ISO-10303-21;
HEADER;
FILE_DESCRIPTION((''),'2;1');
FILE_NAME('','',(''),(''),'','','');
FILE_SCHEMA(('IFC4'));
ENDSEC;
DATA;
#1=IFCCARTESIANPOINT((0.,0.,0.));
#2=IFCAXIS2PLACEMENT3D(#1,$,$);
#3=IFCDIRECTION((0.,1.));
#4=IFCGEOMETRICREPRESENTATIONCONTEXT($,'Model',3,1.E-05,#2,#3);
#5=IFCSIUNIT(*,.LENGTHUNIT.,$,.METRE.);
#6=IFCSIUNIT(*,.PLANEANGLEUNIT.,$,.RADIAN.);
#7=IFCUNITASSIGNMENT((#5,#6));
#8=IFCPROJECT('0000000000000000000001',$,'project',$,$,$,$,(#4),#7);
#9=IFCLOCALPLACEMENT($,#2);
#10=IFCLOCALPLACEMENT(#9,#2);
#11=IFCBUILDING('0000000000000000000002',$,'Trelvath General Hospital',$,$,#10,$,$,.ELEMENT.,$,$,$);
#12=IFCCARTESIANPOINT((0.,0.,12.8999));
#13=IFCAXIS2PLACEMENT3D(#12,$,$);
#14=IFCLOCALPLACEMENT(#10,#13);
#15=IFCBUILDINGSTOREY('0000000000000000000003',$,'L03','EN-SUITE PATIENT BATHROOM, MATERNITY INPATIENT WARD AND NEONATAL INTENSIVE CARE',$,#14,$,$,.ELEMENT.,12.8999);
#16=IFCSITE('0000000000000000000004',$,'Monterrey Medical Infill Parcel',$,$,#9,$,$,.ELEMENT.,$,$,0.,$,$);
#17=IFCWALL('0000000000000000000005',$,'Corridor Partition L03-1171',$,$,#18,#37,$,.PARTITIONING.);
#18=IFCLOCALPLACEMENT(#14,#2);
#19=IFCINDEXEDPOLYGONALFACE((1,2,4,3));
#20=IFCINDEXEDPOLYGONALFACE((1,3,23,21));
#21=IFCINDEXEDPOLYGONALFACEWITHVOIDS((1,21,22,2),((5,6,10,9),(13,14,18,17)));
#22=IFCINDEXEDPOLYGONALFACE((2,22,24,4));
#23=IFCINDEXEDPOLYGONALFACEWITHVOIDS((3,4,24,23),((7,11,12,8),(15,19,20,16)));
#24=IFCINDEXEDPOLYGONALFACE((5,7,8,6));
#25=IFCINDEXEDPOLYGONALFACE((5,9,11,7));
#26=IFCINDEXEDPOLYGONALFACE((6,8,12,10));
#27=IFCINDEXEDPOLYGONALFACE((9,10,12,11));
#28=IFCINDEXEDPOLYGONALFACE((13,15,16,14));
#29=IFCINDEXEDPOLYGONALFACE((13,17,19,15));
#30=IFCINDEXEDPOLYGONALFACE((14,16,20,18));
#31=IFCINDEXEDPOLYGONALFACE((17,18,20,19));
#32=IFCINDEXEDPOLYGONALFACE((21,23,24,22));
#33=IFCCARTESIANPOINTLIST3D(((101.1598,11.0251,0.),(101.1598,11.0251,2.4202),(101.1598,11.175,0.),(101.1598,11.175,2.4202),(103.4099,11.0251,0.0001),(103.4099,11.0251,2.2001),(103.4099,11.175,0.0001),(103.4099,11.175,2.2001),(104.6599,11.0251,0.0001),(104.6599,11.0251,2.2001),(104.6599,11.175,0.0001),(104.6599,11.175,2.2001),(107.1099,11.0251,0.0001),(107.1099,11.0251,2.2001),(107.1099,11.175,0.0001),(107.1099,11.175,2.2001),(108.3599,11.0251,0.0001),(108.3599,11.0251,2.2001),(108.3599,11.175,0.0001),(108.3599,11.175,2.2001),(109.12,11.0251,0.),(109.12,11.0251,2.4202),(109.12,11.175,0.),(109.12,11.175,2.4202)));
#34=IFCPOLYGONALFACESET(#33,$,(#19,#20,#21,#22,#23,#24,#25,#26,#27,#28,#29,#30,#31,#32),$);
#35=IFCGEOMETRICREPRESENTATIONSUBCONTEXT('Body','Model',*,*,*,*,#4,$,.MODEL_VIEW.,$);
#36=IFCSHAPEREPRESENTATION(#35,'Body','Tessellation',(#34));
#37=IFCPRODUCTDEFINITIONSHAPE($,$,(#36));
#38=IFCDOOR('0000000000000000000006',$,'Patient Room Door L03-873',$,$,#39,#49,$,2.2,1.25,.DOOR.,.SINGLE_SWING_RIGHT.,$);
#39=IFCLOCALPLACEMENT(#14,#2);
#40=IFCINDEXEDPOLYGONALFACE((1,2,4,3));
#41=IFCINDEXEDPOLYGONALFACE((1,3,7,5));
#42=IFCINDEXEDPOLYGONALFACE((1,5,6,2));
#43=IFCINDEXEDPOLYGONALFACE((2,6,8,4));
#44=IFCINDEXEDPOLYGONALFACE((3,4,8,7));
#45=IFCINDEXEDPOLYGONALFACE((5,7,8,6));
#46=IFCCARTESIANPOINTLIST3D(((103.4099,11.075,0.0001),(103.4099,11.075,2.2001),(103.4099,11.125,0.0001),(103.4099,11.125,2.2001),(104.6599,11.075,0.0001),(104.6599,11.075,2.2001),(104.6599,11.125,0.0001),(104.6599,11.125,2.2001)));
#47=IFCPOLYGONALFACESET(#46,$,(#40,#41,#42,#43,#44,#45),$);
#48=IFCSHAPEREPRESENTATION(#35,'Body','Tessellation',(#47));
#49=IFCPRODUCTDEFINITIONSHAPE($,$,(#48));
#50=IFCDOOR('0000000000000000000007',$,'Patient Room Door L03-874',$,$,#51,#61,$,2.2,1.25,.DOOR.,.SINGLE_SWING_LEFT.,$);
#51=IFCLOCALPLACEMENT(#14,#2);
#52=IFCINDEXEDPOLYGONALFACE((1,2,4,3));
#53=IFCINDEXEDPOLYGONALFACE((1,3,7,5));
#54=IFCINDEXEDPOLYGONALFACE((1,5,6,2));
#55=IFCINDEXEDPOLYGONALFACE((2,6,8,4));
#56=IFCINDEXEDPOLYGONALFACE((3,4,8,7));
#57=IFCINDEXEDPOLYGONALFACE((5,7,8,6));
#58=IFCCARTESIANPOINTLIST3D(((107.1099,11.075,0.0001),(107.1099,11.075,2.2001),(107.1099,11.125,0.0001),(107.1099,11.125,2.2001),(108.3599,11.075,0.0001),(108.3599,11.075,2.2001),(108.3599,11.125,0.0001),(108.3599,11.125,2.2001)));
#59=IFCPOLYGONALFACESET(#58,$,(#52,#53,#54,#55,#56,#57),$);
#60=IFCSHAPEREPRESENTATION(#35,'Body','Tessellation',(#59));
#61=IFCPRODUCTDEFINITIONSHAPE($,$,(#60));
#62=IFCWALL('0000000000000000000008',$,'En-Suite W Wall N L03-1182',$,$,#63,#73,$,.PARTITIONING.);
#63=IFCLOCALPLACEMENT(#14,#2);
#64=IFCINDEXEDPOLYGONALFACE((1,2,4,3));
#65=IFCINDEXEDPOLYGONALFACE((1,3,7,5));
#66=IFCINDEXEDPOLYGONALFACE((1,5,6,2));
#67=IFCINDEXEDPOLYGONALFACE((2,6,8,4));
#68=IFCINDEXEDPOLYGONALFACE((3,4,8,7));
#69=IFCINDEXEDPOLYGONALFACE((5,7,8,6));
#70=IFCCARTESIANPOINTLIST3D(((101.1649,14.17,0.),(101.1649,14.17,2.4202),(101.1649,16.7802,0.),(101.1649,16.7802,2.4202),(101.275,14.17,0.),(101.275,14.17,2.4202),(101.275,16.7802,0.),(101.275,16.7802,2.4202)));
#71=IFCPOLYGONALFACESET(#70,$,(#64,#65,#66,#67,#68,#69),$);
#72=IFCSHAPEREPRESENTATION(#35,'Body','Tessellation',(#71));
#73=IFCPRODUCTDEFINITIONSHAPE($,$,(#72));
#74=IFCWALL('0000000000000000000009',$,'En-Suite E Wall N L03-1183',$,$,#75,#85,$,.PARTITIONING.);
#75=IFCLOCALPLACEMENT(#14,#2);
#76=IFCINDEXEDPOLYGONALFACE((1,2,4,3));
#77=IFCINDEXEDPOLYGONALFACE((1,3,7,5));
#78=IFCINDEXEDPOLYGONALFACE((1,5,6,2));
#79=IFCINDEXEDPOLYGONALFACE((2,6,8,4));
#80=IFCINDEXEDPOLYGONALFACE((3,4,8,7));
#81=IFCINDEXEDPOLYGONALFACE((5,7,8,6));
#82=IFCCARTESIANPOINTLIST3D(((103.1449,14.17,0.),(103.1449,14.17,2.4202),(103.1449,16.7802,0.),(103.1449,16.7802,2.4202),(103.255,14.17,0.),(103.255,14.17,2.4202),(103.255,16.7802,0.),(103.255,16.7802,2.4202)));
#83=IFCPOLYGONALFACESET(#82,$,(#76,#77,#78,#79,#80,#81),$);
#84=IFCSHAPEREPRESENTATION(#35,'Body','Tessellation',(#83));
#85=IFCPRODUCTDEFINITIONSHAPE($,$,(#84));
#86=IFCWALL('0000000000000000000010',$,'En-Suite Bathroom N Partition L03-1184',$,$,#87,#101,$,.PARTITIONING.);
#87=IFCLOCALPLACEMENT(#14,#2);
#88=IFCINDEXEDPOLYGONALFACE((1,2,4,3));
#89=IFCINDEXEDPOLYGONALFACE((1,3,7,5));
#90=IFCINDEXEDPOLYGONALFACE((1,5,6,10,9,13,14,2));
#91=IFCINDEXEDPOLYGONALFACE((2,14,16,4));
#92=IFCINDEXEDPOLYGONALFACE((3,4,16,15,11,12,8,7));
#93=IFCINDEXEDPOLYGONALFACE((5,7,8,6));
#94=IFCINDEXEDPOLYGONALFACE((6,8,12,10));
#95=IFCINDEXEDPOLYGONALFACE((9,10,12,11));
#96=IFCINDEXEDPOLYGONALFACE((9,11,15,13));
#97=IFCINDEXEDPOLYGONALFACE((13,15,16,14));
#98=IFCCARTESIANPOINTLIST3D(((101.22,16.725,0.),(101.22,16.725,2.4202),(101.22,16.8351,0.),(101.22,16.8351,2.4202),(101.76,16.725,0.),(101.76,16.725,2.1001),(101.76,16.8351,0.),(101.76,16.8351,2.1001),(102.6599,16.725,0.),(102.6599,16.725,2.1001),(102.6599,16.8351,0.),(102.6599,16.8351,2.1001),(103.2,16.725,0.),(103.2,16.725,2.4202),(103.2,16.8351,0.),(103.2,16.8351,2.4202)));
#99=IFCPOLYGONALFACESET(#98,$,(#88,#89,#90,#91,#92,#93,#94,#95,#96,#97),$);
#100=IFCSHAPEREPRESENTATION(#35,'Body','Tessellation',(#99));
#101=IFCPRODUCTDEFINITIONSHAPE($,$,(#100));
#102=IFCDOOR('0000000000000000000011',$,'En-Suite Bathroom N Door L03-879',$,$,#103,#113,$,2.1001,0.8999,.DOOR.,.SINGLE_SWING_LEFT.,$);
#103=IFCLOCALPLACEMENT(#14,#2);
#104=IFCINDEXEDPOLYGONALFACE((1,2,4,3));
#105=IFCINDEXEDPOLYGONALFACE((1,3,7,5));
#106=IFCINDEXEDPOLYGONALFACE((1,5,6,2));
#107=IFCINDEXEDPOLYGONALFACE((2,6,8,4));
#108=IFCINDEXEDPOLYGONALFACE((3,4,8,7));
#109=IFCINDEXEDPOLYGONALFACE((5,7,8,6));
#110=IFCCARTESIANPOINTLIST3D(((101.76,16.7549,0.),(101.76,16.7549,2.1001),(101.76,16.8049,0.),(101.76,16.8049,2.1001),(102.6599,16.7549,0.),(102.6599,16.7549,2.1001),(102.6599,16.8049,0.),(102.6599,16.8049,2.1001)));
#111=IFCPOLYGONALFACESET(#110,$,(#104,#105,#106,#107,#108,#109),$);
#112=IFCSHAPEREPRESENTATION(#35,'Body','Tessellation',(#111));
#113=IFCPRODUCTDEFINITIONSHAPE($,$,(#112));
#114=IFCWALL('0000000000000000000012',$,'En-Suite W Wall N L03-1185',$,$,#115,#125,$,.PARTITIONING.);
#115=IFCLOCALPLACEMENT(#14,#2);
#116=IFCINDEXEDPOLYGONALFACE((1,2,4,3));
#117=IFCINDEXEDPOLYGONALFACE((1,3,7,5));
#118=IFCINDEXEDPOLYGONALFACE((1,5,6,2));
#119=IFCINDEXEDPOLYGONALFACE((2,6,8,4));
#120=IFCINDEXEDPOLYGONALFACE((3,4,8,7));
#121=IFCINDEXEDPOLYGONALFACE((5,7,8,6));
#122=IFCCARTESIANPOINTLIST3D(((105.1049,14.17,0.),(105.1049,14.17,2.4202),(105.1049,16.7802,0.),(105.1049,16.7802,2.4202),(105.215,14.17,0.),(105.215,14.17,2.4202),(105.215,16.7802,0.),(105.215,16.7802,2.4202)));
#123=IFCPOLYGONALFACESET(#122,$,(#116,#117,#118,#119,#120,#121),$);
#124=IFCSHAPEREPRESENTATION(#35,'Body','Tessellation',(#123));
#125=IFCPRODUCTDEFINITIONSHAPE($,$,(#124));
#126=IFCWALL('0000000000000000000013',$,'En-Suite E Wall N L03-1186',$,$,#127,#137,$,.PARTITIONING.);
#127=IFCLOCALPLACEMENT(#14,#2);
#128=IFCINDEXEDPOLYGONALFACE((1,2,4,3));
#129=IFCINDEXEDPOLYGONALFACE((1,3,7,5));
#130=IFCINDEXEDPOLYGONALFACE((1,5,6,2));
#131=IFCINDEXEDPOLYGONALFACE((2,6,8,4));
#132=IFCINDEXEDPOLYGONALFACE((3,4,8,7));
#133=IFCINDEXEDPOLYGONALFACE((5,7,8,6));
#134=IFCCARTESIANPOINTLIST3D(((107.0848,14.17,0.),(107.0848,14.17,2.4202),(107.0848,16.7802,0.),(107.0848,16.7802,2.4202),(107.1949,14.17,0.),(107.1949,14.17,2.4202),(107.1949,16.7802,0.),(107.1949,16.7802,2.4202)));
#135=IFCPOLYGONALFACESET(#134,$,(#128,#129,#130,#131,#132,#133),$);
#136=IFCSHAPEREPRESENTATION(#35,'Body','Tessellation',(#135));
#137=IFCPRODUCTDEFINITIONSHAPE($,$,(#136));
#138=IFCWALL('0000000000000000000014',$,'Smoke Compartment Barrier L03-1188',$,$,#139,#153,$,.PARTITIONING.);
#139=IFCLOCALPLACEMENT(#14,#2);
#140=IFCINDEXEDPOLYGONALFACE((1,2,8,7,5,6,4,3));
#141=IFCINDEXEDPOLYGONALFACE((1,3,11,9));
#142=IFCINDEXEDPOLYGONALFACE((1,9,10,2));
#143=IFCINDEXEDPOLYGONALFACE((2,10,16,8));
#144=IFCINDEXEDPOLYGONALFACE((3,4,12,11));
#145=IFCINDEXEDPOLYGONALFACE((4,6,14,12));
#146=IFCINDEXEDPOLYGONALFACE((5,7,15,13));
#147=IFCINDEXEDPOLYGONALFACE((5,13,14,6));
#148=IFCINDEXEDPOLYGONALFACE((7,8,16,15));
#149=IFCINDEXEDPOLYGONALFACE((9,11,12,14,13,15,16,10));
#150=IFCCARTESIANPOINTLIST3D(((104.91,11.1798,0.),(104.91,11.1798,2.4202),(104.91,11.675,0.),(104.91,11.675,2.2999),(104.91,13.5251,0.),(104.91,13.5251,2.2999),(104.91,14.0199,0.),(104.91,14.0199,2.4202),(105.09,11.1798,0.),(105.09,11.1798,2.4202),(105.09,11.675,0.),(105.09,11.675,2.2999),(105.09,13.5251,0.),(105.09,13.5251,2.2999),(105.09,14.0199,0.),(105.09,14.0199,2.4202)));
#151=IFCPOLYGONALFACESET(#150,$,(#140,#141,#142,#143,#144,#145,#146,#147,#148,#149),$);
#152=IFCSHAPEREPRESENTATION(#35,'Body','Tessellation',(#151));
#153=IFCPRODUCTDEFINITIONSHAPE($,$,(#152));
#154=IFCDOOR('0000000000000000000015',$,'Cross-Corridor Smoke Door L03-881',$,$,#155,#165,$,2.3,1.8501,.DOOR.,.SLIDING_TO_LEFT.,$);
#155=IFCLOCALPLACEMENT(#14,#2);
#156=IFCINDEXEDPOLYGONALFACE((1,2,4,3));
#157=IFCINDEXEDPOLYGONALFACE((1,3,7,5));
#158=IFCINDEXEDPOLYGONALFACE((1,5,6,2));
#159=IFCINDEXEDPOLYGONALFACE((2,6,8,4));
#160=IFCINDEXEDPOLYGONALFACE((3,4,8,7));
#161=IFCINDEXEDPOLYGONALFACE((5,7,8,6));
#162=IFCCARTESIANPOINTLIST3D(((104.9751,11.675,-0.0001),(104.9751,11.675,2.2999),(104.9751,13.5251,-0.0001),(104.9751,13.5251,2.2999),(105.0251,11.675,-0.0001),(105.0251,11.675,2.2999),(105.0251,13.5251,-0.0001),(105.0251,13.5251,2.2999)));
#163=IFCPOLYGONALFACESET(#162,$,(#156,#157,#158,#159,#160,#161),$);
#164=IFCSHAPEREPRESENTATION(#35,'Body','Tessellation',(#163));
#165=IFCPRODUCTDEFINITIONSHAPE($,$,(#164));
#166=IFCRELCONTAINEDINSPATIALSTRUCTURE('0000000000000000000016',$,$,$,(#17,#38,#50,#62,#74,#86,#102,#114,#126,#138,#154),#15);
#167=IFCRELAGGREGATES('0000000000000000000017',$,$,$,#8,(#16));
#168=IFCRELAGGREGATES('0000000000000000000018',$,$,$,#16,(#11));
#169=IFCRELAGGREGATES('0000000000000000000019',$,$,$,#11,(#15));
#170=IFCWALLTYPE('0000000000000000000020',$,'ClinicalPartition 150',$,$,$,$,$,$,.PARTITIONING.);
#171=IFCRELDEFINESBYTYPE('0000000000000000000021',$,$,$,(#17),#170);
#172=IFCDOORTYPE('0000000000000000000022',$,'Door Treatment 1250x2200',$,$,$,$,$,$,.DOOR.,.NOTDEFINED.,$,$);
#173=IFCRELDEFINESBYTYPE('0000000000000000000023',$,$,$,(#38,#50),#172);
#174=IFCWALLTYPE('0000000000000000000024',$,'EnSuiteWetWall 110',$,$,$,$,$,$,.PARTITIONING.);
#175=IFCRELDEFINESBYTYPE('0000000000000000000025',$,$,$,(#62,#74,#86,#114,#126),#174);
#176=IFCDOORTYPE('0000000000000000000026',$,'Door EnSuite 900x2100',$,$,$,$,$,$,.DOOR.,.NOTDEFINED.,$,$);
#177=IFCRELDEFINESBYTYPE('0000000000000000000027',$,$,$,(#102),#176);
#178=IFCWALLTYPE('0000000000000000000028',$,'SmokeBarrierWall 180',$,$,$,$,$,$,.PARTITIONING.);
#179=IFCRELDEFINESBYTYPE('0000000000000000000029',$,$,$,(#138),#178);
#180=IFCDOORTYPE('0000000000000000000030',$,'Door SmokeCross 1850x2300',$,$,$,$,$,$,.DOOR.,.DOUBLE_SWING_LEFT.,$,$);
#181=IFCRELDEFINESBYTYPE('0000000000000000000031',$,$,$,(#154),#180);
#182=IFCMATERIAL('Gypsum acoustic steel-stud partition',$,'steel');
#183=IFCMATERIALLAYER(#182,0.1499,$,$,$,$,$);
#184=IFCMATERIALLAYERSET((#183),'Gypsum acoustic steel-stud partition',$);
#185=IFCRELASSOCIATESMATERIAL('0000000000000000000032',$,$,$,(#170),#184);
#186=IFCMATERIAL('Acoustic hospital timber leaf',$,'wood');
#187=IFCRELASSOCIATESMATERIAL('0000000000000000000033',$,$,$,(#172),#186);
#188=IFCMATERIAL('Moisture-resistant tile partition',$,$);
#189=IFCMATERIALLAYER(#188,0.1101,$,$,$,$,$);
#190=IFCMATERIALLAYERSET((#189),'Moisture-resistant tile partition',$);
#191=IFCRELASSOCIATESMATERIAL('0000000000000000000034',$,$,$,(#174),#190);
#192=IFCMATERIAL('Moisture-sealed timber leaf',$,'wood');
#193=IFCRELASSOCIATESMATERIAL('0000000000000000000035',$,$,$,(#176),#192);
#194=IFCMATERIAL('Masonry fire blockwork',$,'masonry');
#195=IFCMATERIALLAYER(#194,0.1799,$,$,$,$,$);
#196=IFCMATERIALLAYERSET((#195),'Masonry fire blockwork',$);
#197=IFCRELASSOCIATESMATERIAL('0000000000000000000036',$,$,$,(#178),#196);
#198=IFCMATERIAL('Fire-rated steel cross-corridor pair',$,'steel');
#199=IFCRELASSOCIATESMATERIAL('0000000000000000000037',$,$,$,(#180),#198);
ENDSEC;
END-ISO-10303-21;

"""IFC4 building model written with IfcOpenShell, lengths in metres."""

from ifc_helpers import new_model, si_unit, direction, frame, frame_2d, origin, place, context, subcontext, project, spatial, rectangle, extrude, material, layer, layer_set, type_object, element, fill, save


model = new_model("IFC4")

# Units and contexts
model_context = context("Model", 3, precision=1e-05, world=origin(), true_north=direction((0.0, 1.0)))
body_context = subcontext(model_context, "Body", "Model", "MODEL_VIEW")
ifc_project = project(units=[si_unit("LENGTHUNIT", "METRE"), si_unit("PLANEANGLEUNIT", "RADIAN")], contexts=[model_context])

# Site, building, storey
site_placement = place(None, origin())
site = spatial("IfcSite", under=ifc_project, at=site_placement, Name="Monterrey Medical Infill Parcel", CompositionType="ELEMENT", RefElevation=0.0)
building_placement = place(site_placement, origin())
building = spatial("IfcBuilding", under=site, at=building_placement, Name="Trelvath General Hospital", CompositionType="ELEMENT")
storey_placement = place(building_placement, frame((0.0, 0.0, 12.8999)))
storey = spatial("IfcBuildingStorey", under=building, at=storey_placement, Name="L03", Description="EN-SUITE PATIENT BATHROOM, MATERNITY INPATIENT WARD AND NEONATAL INTENSIVE CARE", CompositionType="ELEMENT", Elevation=12.8999)

# Wall, openings, doors
ifc_material_1 = material(Name="Gypsum acoustic steel-stud partition", Category="steel")
ifc_layer_1 = layer(ifc_material_1, 0.1499)
ifc_layer_set_1 = layer_set([ifc_layer_1], Name="Gypsum acoustic steel-stud partition")
wall_type_1 = type_object("IfcWallType", Name="ClinicalPartition 150", PredefinedType="PARTITIONING", material=ifc_layer_set_1)
wall_1_placement = place(storey_placement, frame((101.1599, 11.1001, 0.0), z_axis=(0.0, 0.0, 1.0), x_axis=(1.0, 0.0, 0.0)))
wall_1 = element("IfcWall", 1, at=wall_1_placement, inside=storey, type_object=wall_type_1, Name="Corridor Partition L03-1171", PredefinedType="PARTITIONING", context=body_context, shape_type="SweptSolid", body=[
    extrude(rectangle(XDim=7.9602, YDim=0.1499, at=frame_2d((3.98, 0.0))), origin(), (0.0, 0.0, 1.0), 2.4202),
])
opening_1_placement = place(wall_1_placement, frame((2.25, 0.0, 0.0)))
opening_1 = element("IfcOpeningElement", 2, at=opening_1_placement, cuts=wall_1, PredefinedType="OPENING", context=body_context, shape_type="SweptSolid", body=[
    extrude(rectangle(XDim=1.25, YDim=2.2, at=frame_2d((0.625, 1.1001))), frame((0.0, 0.085, 0.0), z_axis=(0.0, -1.0, 0.0), x_axis=(1.0, 0.0, 0.0)), (0.0, 0.0, 1.0), 0.1699),
])
opening_2_placement = place(wall_1_placement, frame((5.95, 0.0, 0.0)))
opening_2 = element("IfcOpeningElement", 3, at=opening_2_placement, cuts=wall_1, PredefinedType="OPENING", context=body_context, shape_type="SweptSolid", body=[
    extrude(rectangle(XDim=1.25, YDim=2.2, at=frame_2d((0.625, 1.1001))), frame((0.0, 0.085, 0.0), z_axis=(0.0, -1.0, 0.0), x_axis=(1.0, 0.0, 0.0)), (0.0, 0.0, 1.0), 0.1699),
])
ifc_material_2 = material(Name="Acoustic hospital timber leaf", Category="wood")
door_type_1 = type_object("IfcDoorType", Name="Door Treatment 1250x2200", OperationType="NOTDEFINED", PredefinedType="DOOR", material=ifc_material_2)
door_1_placement = place(opening_1_placement, origin())
door_1 = element("IfcDoor", 4, at=door_1_placement, inside=storey, type_object=door_type_1, Name="Patient Room Door L03-873", OperationType="SINGLE_SWING_RIGHT", OverallHeight=2.2, OverallWidth=1.25, PredefinedType="DOOR", context=body_context, shape_type="SweptSolid", body=[
    extrude(rectangle(XDim=1.25, YDim=2.2, at=frame_2d((0.625, 1.1001))), frame((0.0, 0.0249, 0.0), z_axis=(0.0, -1.0, 0.0), x_axis=(1.0, 0.0, 0.0)), (0.0, 0.0, 1.0), 0.05),
])
fill(opening_1, door_1)
door_2_placement = place(opening_2_placement, origin())
door_2 = element("IfcDoor", 5, at=door_2_placement, inside=storey, type_object=door_type_1, Name="Patient Room Door L03-874", OperationType="SINGLE_SWING_LEFT", OverallHeight=2.2, OverallWidth=1.25, PredefinedType="DOOR", context=body_context, shape_type="SweptSolid", body=[
    extrude(rectangle(XDim=1.25, YDim=2.2, at=frame_2d((0.625, 1.1001))), frame((0.0, 0.0249, 0.0), z_axis=(0.0, -1.0, 0.0), x_axis=(1.0, 0.0, 0.0)), (0.0, 0.0, 1.0), 0.05),
])
fill(opening_2, door_2)

# Walls
ifc_material_3 = material(Name="Moisture-resistant tile partition")
ifc_layer_2 = layer(ifc_material_3, 0.1101)
ifc_layer_set_2 = layer_set([ifc_layer_2], Name="Moisture-resistant tile partition")
wall_type_2 = type_object("IfcWallType", Name="EnSuiteWetWall 110", PredefinedType="PARTITIONING", material=ifc_layer_set_2)
for number, where, z_axis, x_axis, name in (
    (6, (101.22, 14.1699, 0.0), (0.0, 0.0, 1.0), (0.0, 1.0, 0.0), "En-Suite W Wall N L03-1182"),
    (7, (103.2, 14.1699, 0.0), (0.0, 0.0, 1.0), (0.0, 1.0, 0.0), "En-Suite E Wall N L03-1183"),
):
    element("IfcWall", number, at=place(storey_placement, frame(where, z_axis=z_axis, x_axis=x_axis)), inside=storey, type_object=wall_type_2, Name=name, PredefinedType="PARTITIONING", context=body_context, shape_type="SweptSolid", body=[
        extrude(rectangle(XDim=2.6101, YDim=0.1101, at=frame_2d((1.3052, 0.0))), origin(), (0.0, 0.0, 1.0), 2.4202),
    ])

# Wall, opening, door
wall_2_placement = place(storey_placement, frame((101.22, 16.78, 0.0), z_axis=(0.0, 0.0, 1.0), x_axis=(1.0, 0.0, 0.0)))
wall_2 = element("IfcWall", 8, at=wall_2_placement, inside=storey, type_object=wall_type_2, Name="En-Suite Bathroom N Partition L03-1184", PredefinedType="PARTITIONING", context=body_context, shape_type="SweptSolid", body=[
    extrude(rectangle(XDim=1.98, YDim=0.1101, at=frame_2d((0.99, 0.0))), origin(), (0.0, 0.0, 1.0), 2.4202),
])
opening_3_placement = place(wall_2_placement, frame((0.54, 0.0, 0.0)))
opening_3 = element("IfcOpeningElement", 9, at=opening_3_placement, cuts=wall_2, PredefinedType="OPENING", context=body_context, shape_type="SweptSolid", body=[
    extrude(rectangle(XDim=0.8999, YDim=2.1001, at=frame_2d((0.45, 1.05))), frame((0.0, 0.0649, 0.0), z_axis=(0.0, -1.0, 0.0), x_axis=(1.0, 0.0, 0.0)), (0.0, 0.0, 1.0), 0.1301),
])
ifc_material_4 = material(Name="Moisture-sealed timber leaf", Category="wood")
door_type_2 = type_object("IfcDoorType", Name="Door EnSuite 900x2100", OperationType="NOTDEFINED", PredefinedType="DOOR", material=ifc_material_4)
door_3_placement = place(opening_3_placement, origin())
door_3 = element("IfcDoor", 10, at=door_3_placement, inside=storey, type_object=door_type_2, Name="En-Suite Bathroom N Door L03-879", OperationType="SINGLE_SWING_LEFT", OverallHeight=2.1001, OverallWidth=0.8999, PredefinedType="DOOR", context=body_context, shape_type="SweptSolid", body=[
    extrude(rectangle(XDim=0.8999, YDim=2.1001, at=frame_2d((0.45, 1.05))), frame((0.0, 0.0249, 0.0), z_axis=(0.0, -1.0, 0.0), x_axis=(1.0, 0.0, 0.0)), (0.0, 0.0, 1.0), 0.05),
])
fill(opening_3, door_3)

# Walls
for number, where, z_axis, x_axis, name in (
    (11, (105.1599, 14.1699, 0.0), (0.0, 0.0, 1.0), (0.0, 1.0, 0.0), "En-Suite W Wall N L03-1185"),
    (12, (107.1399, 14.1699, 0.0), (0.0, 0.0, 1.0), (0.0, 1.0, 0.0), "En-Suite E Wall N L03-1186"),
):
    element("IfcWall", number, at=place(storey_placement, frame(where, z_axis=z_axis, x_axis=x_axis)), inside=storey, type_object=wall_type_2, Name=name, PredefinedType="PARTITIONING", context=body_context, shape_type="SweptSolid", body=[
        extrude(rectangle(XDim=2.6101, YDim=0.1101, at=frame_2d((1.3052, 0.0))), origin(), (0.0, 0.0, 1.0), 2.4202),
    ])

# Wall, opening, door
ifc_material_5 = material(Name="Masonry fire blockwork", Category="masonry")
ifc_layer_3 = layer(ifc_material_5, 0.1799)
ifc_layer_set_3 = layer_set([ifc_layer_3], Name="Masonry fire blockwork")
wall_type_3 = type_object("IfcWallType", Name="SmokeBarrierWall 180", PredefinedType="PARTITIONING", material=ifc_layer_set_3)
wall_3_placement = place(storey_placement, frame((105.0, 11.1799, 0.0), z_axis=(0.0, 0.0, 1.0), x_axis=(0.0, 1.0, 0.0)))
wall_3 = element("IfcWall", 13, at=wall_3_placement, inside=storey, type_object=wall_type_3, Name="Smoke Compartment Barrier L03-1188", PredefinedType="PARTITIONING", context=body_context, shape_type="SweptSolid", body=[
    extrude(rectangle(XDim=2.8401, YDim=0.1799, at=frame_2d((1.4199, 0.0))), origin(), (0.0, 0.0, 1.0), 2.4202),
])
opening_4_placement = place(wall_3_placement, frame((0.4951, 0.0, 0.0)))
opening_4 = element("IfcOpeningElement", 14, at=opening_4_placement, cuts=wall_3, PredefinedType="OPENING", context=body_context, shape_type="SweptSolid", body=[
    extrude(rectangle(XDim=1.8501, YDim=2.3, at=frame_2d((0.925, 1.1499))), frame((0.0, 0.0999, 0.0), z_axis=(0.0, -1.0, 0.0), x_axis=(1.0, 0.0, 0.0)), (0.0, 0.0, 1.0), 0.2),
])
ifc_material_6 = material(Name="Fire-rated steel cross-corridor pair", Category="steel")
door_type_3 = type_object("IfcDoorType", Name="Door SmokeCross 1850x2300", OperationType="DOUBLE_SWING_LEFT", PredefinedType="DOOR", material=ifc_material_6)
door_4_placement = place(opening_4_placement, origin())
door_4 = element("IfcDoor", 15, at=door_4_placement, inside=storey, type_object=door_type_3, Name="Cross-Corridor Smoke Door L03-881", OperationType="SLIDING_TO_LEFT", OverallHeight=2.3, OverallWidth=1.8501, PredefinedType="DOOR", context=body_context, shape_type="SweptSolid", body=[
    extrude(rectangle(XDim=1.8501, YDim=2.3, at=frame_2d((0.925, 1.1499))), frame((0.0, 0.0249, 0.0), z_axis=(0.0, -1.0, 0.0), x_axis=(1.0, 0.0, 0.0)), (0.0, 0.0, 1.0), 0.05),
])
fill(opening_4, door_4)

save(model, "model.ifc")
